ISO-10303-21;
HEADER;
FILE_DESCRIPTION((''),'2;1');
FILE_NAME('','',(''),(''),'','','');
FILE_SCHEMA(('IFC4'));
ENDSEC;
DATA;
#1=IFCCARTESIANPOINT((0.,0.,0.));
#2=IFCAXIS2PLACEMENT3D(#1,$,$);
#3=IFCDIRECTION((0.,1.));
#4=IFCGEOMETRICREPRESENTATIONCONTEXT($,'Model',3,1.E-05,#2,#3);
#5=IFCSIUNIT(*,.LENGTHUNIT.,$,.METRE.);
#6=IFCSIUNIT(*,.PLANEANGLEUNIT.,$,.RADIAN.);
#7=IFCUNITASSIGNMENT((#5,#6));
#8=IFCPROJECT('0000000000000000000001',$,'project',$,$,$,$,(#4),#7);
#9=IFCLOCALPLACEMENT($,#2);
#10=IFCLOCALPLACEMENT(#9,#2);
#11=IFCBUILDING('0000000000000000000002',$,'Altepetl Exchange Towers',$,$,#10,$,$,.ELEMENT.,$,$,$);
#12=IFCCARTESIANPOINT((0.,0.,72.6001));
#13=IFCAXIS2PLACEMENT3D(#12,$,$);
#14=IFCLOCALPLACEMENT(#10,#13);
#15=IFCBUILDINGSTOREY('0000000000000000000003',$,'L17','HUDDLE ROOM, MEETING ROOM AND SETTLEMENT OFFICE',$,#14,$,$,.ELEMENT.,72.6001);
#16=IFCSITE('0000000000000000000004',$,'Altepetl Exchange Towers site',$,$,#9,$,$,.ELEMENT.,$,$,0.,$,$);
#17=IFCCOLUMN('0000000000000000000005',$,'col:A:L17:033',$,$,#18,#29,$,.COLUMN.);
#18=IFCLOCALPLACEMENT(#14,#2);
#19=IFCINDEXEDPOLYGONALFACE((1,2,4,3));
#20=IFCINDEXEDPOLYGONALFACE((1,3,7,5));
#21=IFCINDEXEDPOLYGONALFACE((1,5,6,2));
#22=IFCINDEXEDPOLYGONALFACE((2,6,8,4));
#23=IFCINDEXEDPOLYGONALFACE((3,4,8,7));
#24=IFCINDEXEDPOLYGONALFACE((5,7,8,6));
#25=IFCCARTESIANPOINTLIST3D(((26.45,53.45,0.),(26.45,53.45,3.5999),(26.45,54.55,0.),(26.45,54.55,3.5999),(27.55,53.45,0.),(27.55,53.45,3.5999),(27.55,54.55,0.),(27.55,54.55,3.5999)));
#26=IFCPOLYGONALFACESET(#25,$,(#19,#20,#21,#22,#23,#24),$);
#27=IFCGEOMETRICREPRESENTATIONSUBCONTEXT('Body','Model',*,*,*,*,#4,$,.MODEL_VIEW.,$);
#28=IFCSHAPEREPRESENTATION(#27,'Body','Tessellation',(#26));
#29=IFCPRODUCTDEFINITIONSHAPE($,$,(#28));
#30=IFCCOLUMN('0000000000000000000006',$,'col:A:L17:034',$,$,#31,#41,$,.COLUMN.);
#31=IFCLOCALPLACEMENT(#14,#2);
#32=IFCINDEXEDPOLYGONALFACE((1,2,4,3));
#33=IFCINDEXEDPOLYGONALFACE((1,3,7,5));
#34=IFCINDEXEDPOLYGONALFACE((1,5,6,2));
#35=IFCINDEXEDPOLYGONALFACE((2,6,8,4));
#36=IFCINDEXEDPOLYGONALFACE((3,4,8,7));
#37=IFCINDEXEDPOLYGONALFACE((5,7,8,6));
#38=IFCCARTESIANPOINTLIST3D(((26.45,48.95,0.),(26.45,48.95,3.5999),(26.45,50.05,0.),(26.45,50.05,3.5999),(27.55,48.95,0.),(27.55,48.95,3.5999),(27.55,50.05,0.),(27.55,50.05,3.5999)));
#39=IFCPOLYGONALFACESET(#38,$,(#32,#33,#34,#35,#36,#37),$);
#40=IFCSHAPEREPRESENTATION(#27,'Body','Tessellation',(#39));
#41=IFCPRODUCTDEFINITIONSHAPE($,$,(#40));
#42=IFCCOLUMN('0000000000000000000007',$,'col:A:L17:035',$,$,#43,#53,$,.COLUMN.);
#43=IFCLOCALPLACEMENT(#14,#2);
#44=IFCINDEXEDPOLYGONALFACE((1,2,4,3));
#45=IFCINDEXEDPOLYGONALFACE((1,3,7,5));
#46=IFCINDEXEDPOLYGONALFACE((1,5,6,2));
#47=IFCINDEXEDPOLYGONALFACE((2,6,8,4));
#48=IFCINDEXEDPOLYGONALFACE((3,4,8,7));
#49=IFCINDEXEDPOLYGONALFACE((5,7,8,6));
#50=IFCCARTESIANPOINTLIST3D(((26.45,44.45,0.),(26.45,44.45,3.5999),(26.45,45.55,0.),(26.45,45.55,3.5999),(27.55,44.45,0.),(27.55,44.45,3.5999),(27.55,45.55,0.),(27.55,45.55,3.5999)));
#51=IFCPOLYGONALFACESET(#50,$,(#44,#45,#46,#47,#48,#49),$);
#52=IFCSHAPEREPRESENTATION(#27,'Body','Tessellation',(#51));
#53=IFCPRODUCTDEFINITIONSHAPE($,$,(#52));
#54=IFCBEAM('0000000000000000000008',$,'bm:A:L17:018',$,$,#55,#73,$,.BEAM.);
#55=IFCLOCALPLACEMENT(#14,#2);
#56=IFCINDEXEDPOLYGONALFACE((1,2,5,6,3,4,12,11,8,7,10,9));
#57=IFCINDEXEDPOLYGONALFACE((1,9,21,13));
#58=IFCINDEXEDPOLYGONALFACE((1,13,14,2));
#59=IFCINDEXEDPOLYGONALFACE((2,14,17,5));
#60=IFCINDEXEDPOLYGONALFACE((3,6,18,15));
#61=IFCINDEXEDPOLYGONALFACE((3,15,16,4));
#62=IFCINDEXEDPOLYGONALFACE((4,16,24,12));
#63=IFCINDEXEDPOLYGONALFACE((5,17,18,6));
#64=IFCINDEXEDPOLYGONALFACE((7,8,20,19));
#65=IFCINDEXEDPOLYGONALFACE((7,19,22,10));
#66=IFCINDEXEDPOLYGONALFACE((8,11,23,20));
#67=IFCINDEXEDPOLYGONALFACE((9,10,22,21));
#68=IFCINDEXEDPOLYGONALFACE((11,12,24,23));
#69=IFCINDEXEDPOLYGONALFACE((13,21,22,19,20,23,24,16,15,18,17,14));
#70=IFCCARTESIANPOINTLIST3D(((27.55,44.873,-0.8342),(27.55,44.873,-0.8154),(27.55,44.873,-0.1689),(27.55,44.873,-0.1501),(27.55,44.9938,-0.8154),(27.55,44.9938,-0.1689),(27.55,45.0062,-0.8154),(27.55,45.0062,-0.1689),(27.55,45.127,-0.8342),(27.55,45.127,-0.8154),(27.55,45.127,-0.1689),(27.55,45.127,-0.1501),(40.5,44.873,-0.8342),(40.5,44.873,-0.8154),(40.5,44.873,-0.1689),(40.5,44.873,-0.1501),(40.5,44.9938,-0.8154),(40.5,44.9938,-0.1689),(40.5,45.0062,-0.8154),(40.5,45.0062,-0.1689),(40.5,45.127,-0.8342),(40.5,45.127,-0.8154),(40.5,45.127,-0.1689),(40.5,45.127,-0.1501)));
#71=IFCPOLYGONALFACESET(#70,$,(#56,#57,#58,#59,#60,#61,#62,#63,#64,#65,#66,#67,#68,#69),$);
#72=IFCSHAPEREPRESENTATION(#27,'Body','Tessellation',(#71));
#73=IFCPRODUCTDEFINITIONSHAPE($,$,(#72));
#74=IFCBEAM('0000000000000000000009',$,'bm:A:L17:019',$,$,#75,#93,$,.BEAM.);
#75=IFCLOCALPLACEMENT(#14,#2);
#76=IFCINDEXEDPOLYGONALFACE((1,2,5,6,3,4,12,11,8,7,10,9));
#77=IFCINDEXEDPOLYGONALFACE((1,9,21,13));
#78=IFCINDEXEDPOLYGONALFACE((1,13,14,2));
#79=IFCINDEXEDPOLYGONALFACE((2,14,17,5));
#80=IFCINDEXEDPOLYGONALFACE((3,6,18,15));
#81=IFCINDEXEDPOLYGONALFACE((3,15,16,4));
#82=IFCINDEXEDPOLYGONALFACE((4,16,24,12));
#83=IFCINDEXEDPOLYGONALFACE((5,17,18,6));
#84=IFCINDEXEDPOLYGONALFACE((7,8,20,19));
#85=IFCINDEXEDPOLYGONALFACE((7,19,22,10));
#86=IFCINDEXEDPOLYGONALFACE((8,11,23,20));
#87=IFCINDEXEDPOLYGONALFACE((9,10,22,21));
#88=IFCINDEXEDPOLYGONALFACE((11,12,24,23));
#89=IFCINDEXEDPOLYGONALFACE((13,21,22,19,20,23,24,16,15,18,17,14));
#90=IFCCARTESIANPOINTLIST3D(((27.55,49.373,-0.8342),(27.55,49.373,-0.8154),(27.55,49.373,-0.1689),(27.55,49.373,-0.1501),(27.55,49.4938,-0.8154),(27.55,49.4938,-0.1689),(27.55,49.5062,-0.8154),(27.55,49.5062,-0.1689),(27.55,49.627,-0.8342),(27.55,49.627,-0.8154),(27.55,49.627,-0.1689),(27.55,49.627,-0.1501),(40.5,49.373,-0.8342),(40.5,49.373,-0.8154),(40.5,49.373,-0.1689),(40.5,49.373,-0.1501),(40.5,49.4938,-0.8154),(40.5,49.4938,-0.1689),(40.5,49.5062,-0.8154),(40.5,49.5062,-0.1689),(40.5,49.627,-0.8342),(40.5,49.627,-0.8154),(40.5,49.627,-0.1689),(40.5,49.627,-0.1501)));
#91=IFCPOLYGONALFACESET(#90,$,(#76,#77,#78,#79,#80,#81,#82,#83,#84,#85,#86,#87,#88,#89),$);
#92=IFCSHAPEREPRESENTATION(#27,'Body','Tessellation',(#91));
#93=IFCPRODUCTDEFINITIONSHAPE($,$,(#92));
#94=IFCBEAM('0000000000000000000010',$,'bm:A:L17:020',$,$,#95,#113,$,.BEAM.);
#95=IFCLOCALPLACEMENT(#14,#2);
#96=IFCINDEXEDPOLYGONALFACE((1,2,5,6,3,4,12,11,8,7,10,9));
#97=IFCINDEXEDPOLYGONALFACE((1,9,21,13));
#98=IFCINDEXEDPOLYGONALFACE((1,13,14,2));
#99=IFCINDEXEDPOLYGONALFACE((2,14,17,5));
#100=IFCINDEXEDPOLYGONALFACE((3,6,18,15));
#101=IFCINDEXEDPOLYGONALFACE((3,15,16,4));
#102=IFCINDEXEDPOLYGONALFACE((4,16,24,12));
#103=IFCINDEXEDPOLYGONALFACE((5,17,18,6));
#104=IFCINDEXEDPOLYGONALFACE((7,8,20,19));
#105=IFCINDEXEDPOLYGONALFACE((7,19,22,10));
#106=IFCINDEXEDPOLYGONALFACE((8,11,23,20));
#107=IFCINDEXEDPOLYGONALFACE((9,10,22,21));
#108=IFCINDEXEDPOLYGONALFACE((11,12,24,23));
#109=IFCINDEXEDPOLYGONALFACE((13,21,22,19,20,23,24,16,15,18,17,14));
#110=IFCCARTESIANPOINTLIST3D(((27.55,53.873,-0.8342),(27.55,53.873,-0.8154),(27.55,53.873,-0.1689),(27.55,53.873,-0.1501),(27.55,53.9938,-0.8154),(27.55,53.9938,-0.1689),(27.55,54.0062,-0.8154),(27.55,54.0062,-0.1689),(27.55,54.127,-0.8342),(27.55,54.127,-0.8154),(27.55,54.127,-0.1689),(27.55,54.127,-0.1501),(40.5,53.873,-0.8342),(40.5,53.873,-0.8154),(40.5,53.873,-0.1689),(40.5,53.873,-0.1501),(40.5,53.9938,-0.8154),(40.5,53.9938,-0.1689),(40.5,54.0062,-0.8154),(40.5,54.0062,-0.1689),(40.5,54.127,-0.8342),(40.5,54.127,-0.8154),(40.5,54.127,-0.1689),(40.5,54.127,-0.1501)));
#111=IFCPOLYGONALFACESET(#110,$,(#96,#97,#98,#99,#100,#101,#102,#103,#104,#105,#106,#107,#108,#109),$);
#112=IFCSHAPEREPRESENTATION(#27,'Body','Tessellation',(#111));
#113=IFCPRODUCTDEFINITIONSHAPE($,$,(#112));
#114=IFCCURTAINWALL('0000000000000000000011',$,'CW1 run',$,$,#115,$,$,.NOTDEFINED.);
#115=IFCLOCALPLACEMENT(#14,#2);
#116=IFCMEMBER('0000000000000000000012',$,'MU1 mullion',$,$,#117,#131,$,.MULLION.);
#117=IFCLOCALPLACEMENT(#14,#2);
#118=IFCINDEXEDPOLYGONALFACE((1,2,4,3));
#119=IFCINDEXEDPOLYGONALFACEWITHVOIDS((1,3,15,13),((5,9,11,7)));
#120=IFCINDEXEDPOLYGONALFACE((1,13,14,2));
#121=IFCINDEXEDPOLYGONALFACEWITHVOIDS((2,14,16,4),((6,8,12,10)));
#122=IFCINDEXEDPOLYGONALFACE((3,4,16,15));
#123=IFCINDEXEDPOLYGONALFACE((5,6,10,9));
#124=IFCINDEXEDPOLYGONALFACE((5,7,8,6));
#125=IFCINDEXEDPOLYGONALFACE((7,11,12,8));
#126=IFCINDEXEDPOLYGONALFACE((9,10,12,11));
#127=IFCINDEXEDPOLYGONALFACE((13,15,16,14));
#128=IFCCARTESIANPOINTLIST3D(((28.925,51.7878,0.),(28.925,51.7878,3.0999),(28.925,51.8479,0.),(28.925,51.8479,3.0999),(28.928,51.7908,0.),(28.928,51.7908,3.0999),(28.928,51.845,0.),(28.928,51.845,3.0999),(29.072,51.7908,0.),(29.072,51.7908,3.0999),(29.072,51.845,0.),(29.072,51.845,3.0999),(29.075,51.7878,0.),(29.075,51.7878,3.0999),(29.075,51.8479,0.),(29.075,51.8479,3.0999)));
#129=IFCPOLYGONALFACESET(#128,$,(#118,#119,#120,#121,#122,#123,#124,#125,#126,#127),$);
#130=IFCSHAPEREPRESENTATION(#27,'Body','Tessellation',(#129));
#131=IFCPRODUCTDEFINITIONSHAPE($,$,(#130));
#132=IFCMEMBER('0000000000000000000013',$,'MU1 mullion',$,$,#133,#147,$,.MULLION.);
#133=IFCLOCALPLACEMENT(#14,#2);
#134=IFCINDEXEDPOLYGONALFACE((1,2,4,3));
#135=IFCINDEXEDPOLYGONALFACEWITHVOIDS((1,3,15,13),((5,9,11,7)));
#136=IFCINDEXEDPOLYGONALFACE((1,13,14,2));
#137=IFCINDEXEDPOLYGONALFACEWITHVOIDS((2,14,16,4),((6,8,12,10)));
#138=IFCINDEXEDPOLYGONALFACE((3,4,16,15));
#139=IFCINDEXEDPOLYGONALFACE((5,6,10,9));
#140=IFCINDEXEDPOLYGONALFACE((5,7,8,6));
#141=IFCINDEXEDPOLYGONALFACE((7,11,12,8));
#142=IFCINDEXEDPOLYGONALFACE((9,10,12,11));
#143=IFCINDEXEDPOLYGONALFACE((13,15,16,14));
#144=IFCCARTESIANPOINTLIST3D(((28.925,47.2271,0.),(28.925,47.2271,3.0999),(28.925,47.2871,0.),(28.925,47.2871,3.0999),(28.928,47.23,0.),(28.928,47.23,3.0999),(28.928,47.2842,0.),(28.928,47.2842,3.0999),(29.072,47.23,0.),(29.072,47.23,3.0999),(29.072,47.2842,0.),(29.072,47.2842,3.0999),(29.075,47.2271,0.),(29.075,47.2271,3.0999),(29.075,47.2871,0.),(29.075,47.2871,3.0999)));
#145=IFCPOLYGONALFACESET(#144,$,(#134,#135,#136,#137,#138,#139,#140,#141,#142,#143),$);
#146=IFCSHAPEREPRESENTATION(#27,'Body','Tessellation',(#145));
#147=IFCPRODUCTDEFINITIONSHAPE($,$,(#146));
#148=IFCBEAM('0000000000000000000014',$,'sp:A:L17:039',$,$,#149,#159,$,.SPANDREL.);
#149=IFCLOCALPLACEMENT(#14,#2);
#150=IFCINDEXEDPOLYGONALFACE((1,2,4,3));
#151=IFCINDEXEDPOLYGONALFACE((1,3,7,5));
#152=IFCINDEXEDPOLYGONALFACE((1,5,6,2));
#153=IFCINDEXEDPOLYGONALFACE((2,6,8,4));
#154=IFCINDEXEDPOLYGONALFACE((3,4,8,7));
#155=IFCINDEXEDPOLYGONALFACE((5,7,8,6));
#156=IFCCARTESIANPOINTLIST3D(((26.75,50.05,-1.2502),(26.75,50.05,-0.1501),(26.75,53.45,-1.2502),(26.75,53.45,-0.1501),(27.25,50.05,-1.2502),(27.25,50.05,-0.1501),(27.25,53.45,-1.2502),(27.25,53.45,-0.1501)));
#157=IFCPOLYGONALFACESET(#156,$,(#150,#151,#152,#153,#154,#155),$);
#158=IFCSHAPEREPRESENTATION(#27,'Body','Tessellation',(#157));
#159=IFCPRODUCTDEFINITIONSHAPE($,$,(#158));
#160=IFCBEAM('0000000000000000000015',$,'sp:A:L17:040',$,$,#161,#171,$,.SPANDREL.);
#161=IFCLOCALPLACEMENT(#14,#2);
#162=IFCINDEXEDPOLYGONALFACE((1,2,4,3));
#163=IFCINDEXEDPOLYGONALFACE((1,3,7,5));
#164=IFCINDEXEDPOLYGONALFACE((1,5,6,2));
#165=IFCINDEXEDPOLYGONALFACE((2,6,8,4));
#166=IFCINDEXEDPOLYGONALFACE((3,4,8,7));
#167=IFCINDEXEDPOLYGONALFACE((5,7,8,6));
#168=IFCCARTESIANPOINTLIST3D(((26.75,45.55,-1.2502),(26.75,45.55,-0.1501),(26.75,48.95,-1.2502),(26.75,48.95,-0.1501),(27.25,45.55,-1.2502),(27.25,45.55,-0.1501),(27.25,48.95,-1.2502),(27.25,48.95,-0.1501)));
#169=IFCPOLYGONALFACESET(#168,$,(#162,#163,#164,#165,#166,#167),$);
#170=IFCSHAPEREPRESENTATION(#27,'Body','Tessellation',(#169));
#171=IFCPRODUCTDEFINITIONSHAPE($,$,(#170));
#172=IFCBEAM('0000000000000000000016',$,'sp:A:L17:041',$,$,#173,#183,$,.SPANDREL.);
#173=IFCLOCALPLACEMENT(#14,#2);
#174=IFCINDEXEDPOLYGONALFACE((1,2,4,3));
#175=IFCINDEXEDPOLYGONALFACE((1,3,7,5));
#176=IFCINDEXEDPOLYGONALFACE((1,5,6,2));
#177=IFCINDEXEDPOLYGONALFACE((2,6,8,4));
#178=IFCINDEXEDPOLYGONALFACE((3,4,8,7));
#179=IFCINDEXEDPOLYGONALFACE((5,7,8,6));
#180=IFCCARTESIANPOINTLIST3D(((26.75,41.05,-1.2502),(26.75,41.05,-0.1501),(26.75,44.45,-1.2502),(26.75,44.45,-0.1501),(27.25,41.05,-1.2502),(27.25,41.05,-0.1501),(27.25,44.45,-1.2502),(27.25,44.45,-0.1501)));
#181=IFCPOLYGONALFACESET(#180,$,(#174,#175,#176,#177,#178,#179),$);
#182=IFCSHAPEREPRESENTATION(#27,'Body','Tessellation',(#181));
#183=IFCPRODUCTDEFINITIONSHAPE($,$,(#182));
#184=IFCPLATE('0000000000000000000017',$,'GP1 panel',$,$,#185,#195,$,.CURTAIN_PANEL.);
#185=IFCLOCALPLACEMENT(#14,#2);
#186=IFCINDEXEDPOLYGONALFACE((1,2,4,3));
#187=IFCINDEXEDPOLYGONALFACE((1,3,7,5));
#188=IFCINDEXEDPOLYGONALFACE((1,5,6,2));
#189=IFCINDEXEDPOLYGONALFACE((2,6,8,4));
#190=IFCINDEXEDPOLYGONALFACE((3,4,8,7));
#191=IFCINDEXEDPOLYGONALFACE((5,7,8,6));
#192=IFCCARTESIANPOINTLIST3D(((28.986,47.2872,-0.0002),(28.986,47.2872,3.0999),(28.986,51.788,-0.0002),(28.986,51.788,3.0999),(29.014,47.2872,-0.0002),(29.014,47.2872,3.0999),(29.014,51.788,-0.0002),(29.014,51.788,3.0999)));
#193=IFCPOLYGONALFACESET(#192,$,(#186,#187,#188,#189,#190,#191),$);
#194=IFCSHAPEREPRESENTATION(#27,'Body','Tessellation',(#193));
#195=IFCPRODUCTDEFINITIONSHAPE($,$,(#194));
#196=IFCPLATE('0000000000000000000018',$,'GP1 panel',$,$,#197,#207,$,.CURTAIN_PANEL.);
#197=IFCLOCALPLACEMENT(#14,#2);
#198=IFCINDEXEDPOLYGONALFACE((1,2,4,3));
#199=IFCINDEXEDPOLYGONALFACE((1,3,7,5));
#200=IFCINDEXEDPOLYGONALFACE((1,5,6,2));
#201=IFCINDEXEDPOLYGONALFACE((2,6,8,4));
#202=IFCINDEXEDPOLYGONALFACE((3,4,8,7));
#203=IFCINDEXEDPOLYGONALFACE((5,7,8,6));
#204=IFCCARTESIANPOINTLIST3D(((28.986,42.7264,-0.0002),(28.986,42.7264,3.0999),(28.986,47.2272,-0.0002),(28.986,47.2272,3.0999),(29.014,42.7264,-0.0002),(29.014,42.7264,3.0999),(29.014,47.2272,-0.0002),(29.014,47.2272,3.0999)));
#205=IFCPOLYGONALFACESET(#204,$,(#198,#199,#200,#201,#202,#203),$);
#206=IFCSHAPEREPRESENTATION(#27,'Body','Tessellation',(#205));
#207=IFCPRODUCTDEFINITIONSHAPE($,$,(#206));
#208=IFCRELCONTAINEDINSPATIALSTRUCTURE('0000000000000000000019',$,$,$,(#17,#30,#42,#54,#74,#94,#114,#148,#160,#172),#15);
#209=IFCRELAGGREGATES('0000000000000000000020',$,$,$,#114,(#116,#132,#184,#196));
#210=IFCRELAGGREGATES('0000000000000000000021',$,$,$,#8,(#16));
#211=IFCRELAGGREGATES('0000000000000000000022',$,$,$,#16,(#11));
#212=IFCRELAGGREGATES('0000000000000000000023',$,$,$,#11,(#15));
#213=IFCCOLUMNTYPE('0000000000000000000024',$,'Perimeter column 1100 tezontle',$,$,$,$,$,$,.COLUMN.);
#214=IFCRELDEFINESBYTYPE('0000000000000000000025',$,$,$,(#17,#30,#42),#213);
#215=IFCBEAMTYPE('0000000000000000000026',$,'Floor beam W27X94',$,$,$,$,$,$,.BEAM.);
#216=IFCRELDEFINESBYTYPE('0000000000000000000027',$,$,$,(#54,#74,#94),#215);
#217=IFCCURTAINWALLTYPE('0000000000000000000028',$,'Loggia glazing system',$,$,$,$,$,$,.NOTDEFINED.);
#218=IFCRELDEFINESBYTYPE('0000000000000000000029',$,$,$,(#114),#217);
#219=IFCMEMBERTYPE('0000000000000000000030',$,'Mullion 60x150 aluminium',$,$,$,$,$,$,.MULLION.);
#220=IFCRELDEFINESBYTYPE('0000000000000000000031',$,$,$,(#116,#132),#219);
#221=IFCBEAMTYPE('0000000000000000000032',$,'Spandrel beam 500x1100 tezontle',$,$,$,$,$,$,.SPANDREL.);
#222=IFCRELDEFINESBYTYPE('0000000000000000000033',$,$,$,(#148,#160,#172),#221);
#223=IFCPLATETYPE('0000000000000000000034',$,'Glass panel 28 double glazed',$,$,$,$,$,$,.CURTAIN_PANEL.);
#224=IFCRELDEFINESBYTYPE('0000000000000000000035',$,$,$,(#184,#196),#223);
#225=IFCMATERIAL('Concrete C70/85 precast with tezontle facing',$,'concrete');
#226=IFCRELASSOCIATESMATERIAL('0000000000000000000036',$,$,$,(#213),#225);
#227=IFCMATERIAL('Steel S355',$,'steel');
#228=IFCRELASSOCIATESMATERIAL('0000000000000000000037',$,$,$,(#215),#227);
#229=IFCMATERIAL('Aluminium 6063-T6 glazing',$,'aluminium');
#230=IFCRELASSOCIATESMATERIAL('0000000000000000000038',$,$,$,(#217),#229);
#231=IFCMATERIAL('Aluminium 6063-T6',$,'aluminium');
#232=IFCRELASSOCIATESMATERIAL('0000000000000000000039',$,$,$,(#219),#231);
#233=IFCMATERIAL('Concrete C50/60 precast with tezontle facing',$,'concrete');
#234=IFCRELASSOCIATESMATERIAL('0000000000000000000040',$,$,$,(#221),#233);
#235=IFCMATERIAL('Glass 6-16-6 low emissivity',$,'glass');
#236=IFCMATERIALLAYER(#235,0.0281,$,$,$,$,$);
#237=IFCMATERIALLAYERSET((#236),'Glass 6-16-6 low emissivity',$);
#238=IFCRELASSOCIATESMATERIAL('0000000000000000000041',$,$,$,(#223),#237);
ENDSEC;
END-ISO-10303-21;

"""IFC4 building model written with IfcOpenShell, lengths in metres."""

from ifc_helpers import new_model, si_unit, direction, frame, origin, origin_2d, place, context, subcontext, project, spatial, rectangle, hollow_rectangle, i_section, extrude, material, layer, layer_set, material_profile, profile_set, type_object, element, aggregate, save


model = new_model("IFC4")

# Units and contexts
model_context = context("Model", 3, precision=1e-05, world=origin(), true_north=direction((0.0, 1.0)))
body_context = subcontext(model_context, "Body", "Model", "MODEL_VIEW")
ifc_project = project(units=[si_unit("LENGTHUNIT", "METRE"), si_unit("PLANEANGLEUNIT", "RADIAN")], contexts=[model_context])

# Site, building, storey
site_placement = place(None, origin())
site = spatial("IfcSite", under=ifc_project, at=site_placement, Name="Altepetl Exchange Towers site", CompositionType="ELEMENT", RefElevation=0.0)
building_placement = place(site_placement, origin())
building = spatial("IfcBuilding", under=site, at=building_placement, Name="Altepetl Exchange Towers", CompositionType="ELEMENT")
storey_placement = place(building_placement, frame((0.0, 0.0, 72.6001)))
storey = spatial("IfcBuildingStorey", under=building, at=storey_placement, Name="L17", Description="HUDDLE ROOM, MEETING ROOM AND SETTLEMENT OFFICE", CompositionType="ELEMENT", Elevation=72.6001)

# Columns
ifc_material_1 = material(Name="Concrete C70/85 precast with tezontle facing", Category="concrete")
ifc_material_profile_1 = material_profile(ifc_material_1, rectangle(XDim=1.1001, YDim=1.1001, at=origin_2d()), Name="1100 x 1100")
ifc_profile_set_1 = profile_set([ifc_material_profile_1], Name="Concrete C70/85 precast with tezontle facing")
column_type = type_object("IfcColumnType", Name="Perimeter column 1100 tezontle", PredefinedType="COLUMN", material=ifc_profile_set_1)
for number, where, name in (
    (1, (27.0, 54.0, 0.0), "col:A:L17:033"),
    (2, (27.0, 49.5, 0.0), "col:A:L17:034"),
    (3, (27.0, 45.0, 0.0), "col:A:L17:035"),
):
    element("IfcColumn", number, at=place(storey_placement, frame(where)), inside=storey, type_object=column_type, Name=name, PredefinedType="COLUMN", context=body_context, shape_type="SweptSolid", body=[
        extrude(rectangle(XDim=1.1001, YDim=1.1001, at=origin_2d()), origin(), (0.0, 0.0, 1.0), 3.5999),
    ])

# Beams
ifc_material_2 = material(Name="Steel S355", Category="steel")
ifc_material_profile_2 = material_profile(ifc_material_2, i_section(OverallWidth=0.2539, OverallDepth=0.6841, WebThickness=0.0125, FlangeThickness=0.0188, at=origin_2d()), Name="W27X94")
ifc_profile_set_2 = profile_set([ifc_material_profile_2], Name="Steel S355")
beam_type_1 = type_object("IfcBeamType", Name="Floor beam W27X94", PredefinedType="BEAM", material=ifc_profile_set_2)
for number, where, z_axis, x_axis, name in (
    (4, (27.55, 45.0, -0.4922), (1.0, 0.0, 0.0), (0.0, 1.0, 0.0), "bm:A:L17:018"),
    (5, (27.55, 49.5, -0.4922), (1.0, 0.0, 0.0), (0.0, 1.0, 0.0), "bm:A:L17:019"),
    (6, (27.55, 54.0, -0.4922), (1.0, 0.0, 0.0), (0.0, 1.0, 0.0), "bm:A:L17:020"),
):
    element("IfcBeam", number, at=place(storey_placement, frame(where, z_axis=z_axis, x_axis=x_axis)), inside=storey, type_object=beam_type_1, Name=name, PredefinedType="BEAM", context=body_context, shape_type="SweptSolid", body=[
        extrude(i_section(OverallWidth=0.2539, OverallDepth=0.6841, WebThickness=0.0125, FlangeThickness=0.0188, at=origin_2d()), origin(), (0.0, 0.0, 1.0), 12.95),
    ])

# Curtain wall, members
ifc_material_3 = material(Name="Aluminium 6063-T6 glazing", Category="aluminium")
curtain_wall_type = type_object("IfcCurtainWallType", Name="Loggia glazing system", PredefinedType="NOTDEFINED", material=ifc_material_3)
curtain_wall_placement = place(storey_placement, origin())
curtain_wall = element("IfcCurtainWall", 7, at=curtain_wall_placement, inside=storey, type_object=curtain_wall_type, Name="CW1 run", PredefinedType="NOTDEFINED")
ifc_material_4 = material(Name="Aluminium 6063-T6", Category="aluminium")
ifc_material_profile_3 = material_profile(ifc_material_4, hollow_rectangle(XDim=0.0601, YDim=0.1499, WallThickness=0.0029, at=origin_2d()), Name="Mullion 60x150 aluminium")
ifc_profile_set_3 = profile_set([ifc_material_profile_3], Name="Aluminium 6063-T6")
member_type = type_object("IfcMemberType", Name="Mullion 60x150 aluminium", PredefinedType="MULLION", material=ifc_profile_set_3)
member_1_placement = place(storey_placement, frame((29.0, 51.8179, 0.0), z_axis=(0.0, 0.0, 1.0), x_axis=(0.0, -1.0, 0.0)))
member_1 = element("IfcMember", 8, at=member_1_placement, type_object=member_type, Name="MU1 mullion", PredefinedType="MULLION", context=body_context, shape_type="SweptSolid", body=[
    extrude(hollow_rectangle(XDim=0.0601, YDim=0.1499, WallThickness=0.0029, at=origin_2d()), origin(), (0.0, 0.0, 1.0), 3.0999),
])
member_2_placement = place(storey_placement, frame((29.0, 47.2571, 0.0), z_axis=(0.0, 0.0, 1.0), x_axis=(0.0, -1.0, 0.0)))
member_2 = element("IfcMember", 9, at=member_2_placement, type_object=member_type, Name="MU1 mullion", PredefinedType="MULLION", context=body_context, shape_type="SweptSolid", body=[
    extrude(hollow_rectangle(XDim=0.0601, YDim=0.1499, WallThickness=0.0029, at=origin_2d()), origin(), (0.0, 0.0, 1.0), 3.0999),
])

# Beams
ifc_material_5 = material(Name="Concrete C50/60 precast with tezontle facing", Category="concrete")
ifc_material_profile_4 = material_profile(ifc_material_5, rectangle(XDim=0.5, YDim=1.1001, at=origin_2d()), Name="500 x 1100")
ifc_profile_set_4 = profile_set([ifc_material_profile_4], Name="Concrete C50/60 precast with tezontle facing")
beam_type_2 = type_object("IfcBeamType", Name="Spandrel beam 500x1100 tezontle", PredefinedType="SPANDREL", material=ifc_profile_set_4)
for number, where, z_axis, x_axis, name in (
    (10, (27.0, 53.45, -0.7002), (0.0, -1.0, 0.0), (1.0, 0.0, 0.0), "sp:A:L17:039"),
    (11, (27.0, 48.95, -0.7002), (0.0, -1.0, 0.0), (1.0, 0.0, 0.0), "sp:A:L17:040"),
    (12, (27.0, 44.45, -0.7002), (0.0, -1.0, 0.0), (1.0, 0.0, 0.0), "sp:A:L17:041"),
):
    element("IfcBeam", number, at=place(storey_placement, frame(where, z_axis=z_axis, x_axis=x_axis)), inside=storey, type_object=beam_type_2, Name=name, PredefinedType="SPANDREL", context=body_context, shape_type="SweptSolid", body=[
        extrude(rectangle(XDim=0.5, YDim=1.1001, at=origin_2d()), origin(), (0.0, 0.0, 1.0), 3.3999),
    ])

# Plates
ifc_material_6 = material(Name="Glass 6-16-6 low emissivity", Category="glass")
ifc_layer_1 = layer(ifc_material_6, 0.0281)
ifc_layer_set_1 = layer_set([ifc_layer_1], Name="Glass 6-16-6 low emissivity")
plate_type = type_object("IfcPlateType", Name="Glass panel 28 double glazed", PredefinedType="CURTAIN_PANEL", material=ifc_layer_set_1)
plate_1_placement = place(storey_placement, frame((29.0, 49.5376, -0.0002), z_axis=(0.0, 0.0, 1.0), x_axis=(0.0, -1.0, 0.0)))
plate_1 = element("IfcPlate", 13, at=plate_1_placement, type_object=plate_type, Name="GP1 panel", PredefinedType="CURTAIN_PANEL", context=body_context, shape_type="SweptSolid", body=[
    extrude(rectangle(XDim=4.5007, YDim=0.0281, at=origin_2d()), origin(), (0.0, 0.0, 1.0), 3.1001),
])
plate_2_placement = place(storey_placement, frame((29.0, 44.9768, -0.0002), z_axis=(0.0, 0.0, 1.0), x_axis=(0.0, -1.0, 0.0)))
plate_2 = element("IfcPlate", 14, at=plate_2_placement, type_object=plate_type, Name="GP1 panel", PredefinedType="CURTAIN_PANEL", context=body_context, shape_type="SweptSolid", body=[
    extrude(rectangle(XDim=4.5007, YDim=0.0281, at=origin_2d()), origin(), (0.0, 0.0, 1.0), 3.1001),
])
aggregate(curtain_wall, [member_1, member_2, plate_1, plate_2])

save(model, "model.ifc")
